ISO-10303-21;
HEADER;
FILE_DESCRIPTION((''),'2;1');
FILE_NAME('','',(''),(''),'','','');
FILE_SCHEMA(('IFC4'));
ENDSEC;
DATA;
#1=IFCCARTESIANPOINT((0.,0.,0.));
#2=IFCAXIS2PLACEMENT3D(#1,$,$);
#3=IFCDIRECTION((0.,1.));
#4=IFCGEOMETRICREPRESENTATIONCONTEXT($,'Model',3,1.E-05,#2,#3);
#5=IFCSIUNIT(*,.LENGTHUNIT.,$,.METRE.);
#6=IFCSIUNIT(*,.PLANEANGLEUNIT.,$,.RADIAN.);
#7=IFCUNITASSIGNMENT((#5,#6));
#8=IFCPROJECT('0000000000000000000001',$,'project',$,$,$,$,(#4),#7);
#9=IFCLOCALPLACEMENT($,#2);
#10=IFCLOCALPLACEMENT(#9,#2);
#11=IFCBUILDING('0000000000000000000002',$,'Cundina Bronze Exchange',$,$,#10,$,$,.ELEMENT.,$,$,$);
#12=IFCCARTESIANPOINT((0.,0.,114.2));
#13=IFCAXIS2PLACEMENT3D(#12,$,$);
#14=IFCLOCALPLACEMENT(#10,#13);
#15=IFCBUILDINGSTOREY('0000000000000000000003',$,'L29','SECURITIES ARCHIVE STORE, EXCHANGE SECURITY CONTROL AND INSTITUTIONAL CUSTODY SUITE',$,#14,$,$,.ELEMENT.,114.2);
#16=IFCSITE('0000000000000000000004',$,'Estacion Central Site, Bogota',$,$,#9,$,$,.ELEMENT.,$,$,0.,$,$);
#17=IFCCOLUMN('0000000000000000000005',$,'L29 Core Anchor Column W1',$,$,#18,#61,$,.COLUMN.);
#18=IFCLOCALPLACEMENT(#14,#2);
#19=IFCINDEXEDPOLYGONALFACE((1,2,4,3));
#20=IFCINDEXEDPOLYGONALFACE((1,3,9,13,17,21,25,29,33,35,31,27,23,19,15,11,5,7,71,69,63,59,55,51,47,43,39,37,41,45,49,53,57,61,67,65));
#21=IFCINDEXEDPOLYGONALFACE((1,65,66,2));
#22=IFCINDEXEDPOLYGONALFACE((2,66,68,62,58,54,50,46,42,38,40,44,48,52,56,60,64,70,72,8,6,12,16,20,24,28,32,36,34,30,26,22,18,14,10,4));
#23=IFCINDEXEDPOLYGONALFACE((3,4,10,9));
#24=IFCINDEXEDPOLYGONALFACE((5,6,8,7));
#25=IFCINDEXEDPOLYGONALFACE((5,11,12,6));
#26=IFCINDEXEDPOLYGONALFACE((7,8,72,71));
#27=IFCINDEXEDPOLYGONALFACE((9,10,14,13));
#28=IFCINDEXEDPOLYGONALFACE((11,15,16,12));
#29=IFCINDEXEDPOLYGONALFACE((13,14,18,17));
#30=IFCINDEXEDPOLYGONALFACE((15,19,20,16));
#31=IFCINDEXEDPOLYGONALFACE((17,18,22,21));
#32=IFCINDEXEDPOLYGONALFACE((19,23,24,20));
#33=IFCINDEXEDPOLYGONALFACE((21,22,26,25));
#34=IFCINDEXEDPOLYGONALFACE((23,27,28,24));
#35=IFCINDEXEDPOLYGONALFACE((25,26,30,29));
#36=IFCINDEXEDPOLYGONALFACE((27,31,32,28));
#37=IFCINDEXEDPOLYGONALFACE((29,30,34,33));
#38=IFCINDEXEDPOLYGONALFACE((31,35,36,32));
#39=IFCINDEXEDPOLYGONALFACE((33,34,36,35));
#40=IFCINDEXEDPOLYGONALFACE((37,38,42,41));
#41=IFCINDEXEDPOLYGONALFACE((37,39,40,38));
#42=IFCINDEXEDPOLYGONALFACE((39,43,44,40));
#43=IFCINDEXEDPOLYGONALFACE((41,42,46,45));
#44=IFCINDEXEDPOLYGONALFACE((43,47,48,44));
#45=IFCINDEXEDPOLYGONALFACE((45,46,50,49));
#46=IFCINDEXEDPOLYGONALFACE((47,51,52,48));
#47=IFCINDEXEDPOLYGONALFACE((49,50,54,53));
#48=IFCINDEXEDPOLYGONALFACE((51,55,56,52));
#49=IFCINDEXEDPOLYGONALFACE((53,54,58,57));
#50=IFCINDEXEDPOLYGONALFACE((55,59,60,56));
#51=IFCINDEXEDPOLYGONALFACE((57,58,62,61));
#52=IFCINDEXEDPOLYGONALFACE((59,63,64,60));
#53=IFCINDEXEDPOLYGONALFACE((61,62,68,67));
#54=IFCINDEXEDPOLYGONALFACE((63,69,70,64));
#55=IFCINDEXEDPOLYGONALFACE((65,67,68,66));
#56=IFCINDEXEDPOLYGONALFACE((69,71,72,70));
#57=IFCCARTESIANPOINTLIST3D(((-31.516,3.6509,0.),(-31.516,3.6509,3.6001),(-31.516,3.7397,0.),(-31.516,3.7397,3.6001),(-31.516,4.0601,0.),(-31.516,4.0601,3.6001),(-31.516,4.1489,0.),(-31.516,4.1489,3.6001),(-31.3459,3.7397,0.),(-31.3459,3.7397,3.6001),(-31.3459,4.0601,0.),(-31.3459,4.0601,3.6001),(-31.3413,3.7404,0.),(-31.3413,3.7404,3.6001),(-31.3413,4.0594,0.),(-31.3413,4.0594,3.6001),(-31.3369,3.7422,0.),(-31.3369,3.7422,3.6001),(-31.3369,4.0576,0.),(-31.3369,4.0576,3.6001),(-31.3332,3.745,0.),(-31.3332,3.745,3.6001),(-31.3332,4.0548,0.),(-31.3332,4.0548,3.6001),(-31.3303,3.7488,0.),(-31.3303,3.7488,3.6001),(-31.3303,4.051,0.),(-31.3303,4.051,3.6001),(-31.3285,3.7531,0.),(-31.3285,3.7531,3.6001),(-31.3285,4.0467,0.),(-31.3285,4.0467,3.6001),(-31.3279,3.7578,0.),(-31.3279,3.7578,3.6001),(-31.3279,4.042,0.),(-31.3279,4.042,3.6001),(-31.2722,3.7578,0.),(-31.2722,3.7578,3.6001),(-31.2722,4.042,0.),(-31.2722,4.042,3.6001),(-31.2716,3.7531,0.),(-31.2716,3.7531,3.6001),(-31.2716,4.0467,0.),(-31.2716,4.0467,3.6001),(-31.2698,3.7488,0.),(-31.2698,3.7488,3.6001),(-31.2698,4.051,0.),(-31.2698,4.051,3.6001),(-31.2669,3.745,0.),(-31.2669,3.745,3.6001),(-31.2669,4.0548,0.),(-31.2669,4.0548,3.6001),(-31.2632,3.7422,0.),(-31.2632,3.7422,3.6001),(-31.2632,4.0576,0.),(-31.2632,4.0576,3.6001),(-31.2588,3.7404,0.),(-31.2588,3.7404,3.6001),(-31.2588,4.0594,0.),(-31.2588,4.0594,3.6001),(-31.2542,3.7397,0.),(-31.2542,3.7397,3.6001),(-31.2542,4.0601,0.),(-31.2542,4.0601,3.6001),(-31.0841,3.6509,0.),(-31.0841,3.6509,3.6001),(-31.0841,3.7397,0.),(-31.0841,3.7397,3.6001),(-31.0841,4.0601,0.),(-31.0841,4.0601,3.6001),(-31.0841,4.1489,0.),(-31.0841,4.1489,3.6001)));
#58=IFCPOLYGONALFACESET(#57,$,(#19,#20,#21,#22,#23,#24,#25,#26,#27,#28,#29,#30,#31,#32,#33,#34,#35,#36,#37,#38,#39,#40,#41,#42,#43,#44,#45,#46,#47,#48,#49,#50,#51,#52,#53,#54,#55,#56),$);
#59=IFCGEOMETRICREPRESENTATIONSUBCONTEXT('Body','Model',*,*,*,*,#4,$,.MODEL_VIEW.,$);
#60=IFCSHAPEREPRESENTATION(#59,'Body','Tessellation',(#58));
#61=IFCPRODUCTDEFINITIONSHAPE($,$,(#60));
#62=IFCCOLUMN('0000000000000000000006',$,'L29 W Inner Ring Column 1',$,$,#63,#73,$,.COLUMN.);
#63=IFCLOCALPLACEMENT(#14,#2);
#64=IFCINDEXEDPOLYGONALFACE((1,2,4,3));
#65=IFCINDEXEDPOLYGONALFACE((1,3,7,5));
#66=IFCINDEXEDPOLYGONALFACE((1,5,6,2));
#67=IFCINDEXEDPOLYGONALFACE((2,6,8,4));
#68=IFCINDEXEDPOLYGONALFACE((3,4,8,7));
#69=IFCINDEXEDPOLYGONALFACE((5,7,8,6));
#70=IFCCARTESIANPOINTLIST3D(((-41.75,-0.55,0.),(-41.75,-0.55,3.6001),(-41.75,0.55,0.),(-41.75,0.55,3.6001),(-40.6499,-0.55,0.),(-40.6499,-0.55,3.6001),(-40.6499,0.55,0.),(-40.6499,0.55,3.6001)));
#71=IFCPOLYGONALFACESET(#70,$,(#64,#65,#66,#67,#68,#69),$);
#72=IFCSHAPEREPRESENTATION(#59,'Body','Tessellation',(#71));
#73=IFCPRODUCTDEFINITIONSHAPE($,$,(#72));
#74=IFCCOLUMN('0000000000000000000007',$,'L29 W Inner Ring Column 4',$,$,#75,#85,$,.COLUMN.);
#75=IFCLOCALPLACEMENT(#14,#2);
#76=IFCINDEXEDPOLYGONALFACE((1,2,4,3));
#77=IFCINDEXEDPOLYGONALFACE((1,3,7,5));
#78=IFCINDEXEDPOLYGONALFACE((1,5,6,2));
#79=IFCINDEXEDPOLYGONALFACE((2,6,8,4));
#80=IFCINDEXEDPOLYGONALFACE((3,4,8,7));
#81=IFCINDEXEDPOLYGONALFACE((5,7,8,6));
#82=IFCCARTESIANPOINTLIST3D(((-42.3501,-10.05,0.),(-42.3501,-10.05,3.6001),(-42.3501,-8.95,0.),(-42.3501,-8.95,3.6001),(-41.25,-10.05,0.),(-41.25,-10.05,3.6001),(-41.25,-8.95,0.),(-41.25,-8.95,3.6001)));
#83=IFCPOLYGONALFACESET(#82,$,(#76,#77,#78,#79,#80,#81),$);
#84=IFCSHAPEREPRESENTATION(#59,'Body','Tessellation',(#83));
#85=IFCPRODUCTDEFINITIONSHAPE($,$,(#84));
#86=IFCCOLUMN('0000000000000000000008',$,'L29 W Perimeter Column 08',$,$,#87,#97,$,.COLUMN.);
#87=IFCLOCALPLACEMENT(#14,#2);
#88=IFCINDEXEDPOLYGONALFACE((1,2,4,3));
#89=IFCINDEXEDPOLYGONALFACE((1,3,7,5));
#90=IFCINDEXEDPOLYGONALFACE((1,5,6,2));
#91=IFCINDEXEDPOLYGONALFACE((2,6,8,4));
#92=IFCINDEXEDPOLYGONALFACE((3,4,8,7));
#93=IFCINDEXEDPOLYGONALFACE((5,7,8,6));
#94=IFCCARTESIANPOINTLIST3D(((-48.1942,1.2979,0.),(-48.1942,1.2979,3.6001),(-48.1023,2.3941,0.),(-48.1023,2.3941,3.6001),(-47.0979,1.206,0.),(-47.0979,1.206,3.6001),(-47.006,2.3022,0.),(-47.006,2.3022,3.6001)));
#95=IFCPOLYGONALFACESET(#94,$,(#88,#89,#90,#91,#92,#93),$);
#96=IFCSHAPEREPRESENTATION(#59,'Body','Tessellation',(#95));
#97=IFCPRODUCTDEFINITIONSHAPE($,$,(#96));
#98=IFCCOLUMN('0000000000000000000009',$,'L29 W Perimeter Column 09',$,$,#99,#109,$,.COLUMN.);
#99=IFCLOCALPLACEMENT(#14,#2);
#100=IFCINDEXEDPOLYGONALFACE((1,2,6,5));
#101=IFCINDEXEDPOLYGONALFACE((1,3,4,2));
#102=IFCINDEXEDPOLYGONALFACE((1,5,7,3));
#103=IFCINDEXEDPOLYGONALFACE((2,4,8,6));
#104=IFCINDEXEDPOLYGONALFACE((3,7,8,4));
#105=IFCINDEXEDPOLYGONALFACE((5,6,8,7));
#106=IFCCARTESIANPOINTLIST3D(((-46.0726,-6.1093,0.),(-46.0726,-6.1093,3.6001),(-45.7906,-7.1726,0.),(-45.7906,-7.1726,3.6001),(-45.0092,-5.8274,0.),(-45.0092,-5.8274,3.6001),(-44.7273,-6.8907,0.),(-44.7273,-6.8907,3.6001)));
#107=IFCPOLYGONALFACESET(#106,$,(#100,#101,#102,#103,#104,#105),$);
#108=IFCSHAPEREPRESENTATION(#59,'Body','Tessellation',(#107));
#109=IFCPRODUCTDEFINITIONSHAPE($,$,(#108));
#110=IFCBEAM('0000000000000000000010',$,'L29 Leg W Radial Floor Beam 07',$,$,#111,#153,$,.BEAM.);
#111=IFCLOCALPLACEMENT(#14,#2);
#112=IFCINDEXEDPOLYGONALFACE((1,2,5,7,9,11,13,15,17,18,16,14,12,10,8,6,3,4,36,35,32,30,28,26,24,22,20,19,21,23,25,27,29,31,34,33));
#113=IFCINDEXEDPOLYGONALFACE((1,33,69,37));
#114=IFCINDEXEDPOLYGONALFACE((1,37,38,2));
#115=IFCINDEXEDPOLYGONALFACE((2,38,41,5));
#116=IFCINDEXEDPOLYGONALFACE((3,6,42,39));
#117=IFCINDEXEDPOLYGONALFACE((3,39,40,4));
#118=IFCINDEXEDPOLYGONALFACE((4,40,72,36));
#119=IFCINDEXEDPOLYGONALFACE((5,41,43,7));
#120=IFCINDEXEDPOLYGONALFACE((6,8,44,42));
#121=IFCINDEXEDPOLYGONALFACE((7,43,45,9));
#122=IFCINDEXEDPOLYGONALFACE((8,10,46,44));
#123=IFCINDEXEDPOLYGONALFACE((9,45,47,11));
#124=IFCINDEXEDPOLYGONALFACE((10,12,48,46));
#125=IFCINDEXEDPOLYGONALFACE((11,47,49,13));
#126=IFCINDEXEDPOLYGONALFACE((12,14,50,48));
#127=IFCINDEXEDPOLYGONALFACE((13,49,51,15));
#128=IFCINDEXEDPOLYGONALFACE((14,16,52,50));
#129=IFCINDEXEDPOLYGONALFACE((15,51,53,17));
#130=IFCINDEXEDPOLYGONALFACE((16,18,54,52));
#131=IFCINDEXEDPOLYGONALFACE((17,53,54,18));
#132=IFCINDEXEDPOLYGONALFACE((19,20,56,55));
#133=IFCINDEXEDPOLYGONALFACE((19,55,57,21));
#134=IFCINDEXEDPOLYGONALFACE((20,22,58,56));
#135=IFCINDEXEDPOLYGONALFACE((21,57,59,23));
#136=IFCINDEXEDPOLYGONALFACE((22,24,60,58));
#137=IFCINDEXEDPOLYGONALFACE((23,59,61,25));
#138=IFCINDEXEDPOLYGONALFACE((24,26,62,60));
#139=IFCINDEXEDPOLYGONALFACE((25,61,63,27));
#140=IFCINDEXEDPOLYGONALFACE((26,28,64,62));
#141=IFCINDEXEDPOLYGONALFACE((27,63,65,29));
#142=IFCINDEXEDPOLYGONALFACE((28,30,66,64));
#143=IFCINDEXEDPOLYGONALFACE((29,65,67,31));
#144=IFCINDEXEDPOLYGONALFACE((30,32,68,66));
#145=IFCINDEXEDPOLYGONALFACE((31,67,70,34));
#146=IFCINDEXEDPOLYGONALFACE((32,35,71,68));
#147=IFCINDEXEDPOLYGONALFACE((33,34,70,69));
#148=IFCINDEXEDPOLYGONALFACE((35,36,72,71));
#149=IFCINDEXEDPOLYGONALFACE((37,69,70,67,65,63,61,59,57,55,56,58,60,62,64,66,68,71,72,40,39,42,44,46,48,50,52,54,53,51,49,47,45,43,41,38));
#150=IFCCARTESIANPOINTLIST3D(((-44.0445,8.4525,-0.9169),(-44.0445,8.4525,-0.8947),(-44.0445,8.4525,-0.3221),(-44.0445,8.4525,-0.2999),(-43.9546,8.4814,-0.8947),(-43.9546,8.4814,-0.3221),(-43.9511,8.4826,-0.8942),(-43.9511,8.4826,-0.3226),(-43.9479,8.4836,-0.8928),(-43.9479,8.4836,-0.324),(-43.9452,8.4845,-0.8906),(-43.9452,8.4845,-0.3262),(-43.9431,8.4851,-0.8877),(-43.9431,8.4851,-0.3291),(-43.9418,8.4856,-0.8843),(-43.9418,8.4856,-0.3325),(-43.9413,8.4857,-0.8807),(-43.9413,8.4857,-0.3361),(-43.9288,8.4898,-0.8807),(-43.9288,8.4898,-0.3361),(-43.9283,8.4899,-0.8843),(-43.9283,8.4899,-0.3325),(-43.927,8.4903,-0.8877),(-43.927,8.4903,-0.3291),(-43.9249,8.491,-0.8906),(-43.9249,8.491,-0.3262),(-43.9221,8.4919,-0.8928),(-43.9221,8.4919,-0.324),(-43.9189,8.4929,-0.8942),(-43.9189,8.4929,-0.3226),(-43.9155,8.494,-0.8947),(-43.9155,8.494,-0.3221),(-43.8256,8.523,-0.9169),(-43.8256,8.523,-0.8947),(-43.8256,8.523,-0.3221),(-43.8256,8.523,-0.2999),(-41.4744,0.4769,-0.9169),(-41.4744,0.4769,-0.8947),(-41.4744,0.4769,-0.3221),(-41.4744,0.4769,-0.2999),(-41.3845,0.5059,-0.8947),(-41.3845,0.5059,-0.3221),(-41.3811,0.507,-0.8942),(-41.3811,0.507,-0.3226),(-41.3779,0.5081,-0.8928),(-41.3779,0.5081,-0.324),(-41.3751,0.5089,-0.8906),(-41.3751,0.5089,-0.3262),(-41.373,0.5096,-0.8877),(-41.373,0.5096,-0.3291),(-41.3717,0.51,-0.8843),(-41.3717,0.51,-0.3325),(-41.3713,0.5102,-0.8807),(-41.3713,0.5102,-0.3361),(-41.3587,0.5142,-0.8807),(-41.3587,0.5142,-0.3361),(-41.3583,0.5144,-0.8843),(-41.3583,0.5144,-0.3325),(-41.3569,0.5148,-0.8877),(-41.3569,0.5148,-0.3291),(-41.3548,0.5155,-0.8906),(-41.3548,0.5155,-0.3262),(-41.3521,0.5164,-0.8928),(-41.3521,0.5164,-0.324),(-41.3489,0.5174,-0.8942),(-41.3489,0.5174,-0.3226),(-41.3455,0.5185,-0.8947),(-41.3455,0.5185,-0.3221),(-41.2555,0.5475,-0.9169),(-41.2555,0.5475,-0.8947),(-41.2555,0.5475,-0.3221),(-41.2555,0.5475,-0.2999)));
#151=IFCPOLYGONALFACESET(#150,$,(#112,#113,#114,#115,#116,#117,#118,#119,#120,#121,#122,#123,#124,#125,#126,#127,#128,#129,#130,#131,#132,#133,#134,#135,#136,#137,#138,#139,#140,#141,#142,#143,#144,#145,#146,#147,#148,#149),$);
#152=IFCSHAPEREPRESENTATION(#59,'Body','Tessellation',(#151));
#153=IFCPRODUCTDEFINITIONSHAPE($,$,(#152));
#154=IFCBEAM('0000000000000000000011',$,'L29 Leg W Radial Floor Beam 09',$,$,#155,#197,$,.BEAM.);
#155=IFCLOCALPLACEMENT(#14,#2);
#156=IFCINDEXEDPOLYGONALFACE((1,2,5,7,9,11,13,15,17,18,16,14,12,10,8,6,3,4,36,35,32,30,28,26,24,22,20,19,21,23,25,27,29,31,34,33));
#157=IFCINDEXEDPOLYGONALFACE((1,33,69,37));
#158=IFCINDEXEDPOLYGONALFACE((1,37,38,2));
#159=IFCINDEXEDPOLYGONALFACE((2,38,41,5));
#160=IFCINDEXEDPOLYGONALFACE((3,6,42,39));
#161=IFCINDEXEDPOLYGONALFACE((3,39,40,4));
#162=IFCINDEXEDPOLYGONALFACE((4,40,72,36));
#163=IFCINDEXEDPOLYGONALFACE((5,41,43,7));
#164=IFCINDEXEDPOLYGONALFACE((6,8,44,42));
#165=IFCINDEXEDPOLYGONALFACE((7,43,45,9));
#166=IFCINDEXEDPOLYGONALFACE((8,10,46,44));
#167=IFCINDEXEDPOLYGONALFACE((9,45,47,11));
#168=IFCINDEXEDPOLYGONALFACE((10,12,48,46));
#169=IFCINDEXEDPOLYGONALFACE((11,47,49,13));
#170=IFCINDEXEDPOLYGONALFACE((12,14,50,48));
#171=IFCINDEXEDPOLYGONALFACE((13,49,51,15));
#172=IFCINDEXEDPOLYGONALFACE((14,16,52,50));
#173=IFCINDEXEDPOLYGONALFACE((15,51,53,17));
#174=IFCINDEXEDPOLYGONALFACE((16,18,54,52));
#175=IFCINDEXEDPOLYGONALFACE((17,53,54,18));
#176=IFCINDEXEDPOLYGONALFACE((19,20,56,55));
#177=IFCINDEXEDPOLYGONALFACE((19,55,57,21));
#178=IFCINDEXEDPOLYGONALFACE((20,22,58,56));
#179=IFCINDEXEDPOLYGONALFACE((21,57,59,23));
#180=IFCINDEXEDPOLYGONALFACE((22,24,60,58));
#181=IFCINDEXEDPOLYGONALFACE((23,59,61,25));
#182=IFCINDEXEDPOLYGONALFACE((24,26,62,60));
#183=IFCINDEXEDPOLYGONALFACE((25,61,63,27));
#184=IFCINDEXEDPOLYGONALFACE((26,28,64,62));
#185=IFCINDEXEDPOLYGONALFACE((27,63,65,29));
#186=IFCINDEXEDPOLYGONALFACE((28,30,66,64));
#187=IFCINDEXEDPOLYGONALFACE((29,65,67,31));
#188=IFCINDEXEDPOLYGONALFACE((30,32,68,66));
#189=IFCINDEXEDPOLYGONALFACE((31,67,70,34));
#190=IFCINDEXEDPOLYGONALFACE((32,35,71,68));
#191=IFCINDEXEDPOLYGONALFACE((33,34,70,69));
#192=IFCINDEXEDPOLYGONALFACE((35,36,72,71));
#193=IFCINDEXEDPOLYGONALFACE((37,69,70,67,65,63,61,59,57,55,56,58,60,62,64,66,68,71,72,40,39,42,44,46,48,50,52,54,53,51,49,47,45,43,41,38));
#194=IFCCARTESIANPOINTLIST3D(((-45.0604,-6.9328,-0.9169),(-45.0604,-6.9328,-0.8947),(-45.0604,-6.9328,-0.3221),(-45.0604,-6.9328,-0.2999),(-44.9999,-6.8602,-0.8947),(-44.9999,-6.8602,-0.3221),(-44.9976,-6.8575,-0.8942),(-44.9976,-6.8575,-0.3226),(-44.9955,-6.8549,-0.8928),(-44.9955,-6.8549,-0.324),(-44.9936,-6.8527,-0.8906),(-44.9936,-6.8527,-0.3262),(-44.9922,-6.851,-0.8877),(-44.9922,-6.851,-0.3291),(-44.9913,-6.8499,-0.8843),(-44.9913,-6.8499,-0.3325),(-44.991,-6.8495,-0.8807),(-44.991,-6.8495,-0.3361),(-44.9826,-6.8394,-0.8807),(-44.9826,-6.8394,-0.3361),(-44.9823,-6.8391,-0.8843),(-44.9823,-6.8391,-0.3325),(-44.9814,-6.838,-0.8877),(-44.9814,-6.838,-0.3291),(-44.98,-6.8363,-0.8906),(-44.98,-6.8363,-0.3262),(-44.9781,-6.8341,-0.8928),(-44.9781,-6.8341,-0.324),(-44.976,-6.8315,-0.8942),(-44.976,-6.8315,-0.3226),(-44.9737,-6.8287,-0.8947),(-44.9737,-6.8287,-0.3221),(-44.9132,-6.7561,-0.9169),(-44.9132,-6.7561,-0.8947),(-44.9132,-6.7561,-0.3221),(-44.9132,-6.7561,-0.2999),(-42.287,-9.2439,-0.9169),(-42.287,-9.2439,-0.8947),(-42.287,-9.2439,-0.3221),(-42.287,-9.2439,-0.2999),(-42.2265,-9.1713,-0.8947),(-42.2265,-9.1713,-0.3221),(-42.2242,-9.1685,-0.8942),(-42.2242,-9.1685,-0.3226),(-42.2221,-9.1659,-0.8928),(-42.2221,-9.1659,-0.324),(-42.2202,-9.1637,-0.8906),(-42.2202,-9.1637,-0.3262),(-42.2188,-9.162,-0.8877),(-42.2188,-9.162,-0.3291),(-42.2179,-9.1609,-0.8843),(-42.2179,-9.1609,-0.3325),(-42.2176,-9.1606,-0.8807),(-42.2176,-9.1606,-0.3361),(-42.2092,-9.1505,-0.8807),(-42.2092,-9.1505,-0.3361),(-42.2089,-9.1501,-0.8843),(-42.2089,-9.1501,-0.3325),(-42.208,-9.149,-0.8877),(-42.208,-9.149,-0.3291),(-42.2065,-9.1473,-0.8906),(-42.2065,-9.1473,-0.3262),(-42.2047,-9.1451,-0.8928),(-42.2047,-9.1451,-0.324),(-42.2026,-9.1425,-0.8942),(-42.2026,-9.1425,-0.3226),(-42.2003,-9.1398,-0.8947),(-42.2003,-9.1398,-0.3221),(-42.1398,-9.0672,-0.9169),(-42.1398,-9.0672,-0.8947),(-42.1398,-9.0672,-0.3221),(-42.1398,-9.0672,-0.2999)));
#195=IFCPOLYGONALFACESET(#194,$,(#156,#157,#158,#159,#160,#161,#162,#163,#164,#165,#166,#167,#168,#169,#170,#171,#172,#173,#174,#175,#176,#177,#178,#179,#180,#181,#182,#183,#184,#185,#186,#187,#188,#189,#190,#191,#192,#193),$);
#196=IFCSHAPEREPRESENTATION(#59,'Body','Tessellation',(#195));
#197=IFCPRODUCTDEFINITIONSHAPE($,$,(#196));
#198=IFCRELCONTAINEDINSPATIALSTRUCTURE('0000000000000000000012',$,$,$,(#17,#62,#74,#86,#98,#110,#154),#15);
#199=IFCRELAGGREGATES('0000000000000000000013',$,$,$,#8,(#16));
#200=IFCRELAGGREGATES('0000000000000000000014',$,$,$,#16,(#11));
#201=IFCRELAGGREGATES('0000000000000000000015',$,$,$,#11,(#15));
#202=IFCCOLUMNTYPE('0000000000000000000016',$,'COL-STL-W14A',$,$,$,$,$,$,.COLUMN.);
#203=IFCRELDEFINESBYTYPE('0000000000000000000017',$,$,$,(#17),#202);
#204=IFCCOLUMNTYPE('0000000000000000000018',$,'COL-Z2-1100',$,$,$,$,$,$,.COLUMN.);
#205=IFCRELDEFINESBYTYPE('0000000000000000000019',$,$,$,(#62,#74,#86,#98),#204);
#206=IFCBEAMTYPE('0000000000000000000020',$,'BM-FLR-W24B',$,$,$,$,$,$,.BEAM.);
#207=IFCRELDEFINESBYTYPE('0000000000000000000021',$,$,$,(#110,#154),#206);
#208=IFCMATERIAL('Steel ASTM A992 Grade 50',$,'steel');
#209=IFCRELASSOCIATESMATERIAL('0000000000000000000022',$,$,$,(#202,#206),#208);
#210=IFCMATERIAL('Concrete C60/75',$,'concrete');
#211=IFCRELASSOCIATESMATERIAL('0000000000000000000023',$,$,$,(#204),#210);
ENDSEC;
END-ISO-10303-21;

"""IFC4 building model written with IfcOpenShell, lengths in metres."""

from ifc_helpers import new_model, si_unit, direction, frame, origin, origin_2d, place, context, subcontext, project, spatial, rectangle, i_section, extrude, material, material_profile, profile_set, type_object, element, save


model = new_model("IFC4")

# Units and contexts
model_context = context("Model", 3, precision=1e-05, world=origin(), true_north=direction((0.0, 1.0)))
body_context = subcontext(model_context, "Body", "Model", "MODEL_VIEW")
ifc_project = project(units=[si_unit("LENGTHUNIT", "METRE"), si_unit("PLANEANGLEUNIT", "RADIAN")], contexts=[model_context])

# Site, building, storey
site_placement = place(None, origin())
site = spatial("IfcSite", under=ifc_project, at=site_placement, Name="Estacion Central Site, Bogota", CompositionType="ELEMENT", RefElevation=0.0)
building_placement = place(site_placement, origin())
building = spatial("IfcBuilding", under=site, at=building_placement, Name="Cundina Bronze Exchange", CompositionType="ELEMENT")
storey_placement = place(building_placement, frame((0.0, 0.0, 114.2)))
storey = spatial("IfcBuildingStorey", under=building, at=storey_placement, Name="L29", Description="SECURITIES ARCHIVE STORE, EXCHANGE SECURITY CONTROL AND INSTITUTIONAL CUSTODY SUITE", CompositionType="ELEMENT", Elevation=114.2)

# Columns
ifc_material_1 = material(Name="Steel ASTM A992 Grade 50", Category="steel")
ifc_material_profile_1 = material_profile(ifc_material_1, i_section(OverallWidth=0.4319, OverallDepth=0.498, WebThickness=0.0557, FlangeThickness=0.0889, FilletRadius=0.0181, at=origin_2d()), Name="W14X500", Category="steel")
ifc_profile_set_1 = profile_set([ifc_material_profile_1], Name="Steel ASTM A992 Grade 50")
column_type_1 = type_object("IfcColumnType", Name="COL-STL-W14A", PredefinedType="COLUMN", material=ifc_profile_set_1)
column_placement = place(storey_placement, frame((-31.3, 3.8999, 0.0), z_axis=(0.0, 0.0, 1.0), x_axis=(1.0, 0.0, 0.0)))
element("IfcColumn", 1, at=column_placement, inside=storey, type_object=column_type_1, Name="L29 Core Anchor Column W1", PredefinedType="COLUMN", context=body_context, shape_type="SweptSolid", body=[
    extrude(i_section(OverallWidth=0.4319, OverallDepth=0.498, WebThickness=0.0557, FlangeThickness=0.0889, FilletRadius=0.0181, at=origin_2d()), origin(), (0.0, 0.0, 1.0), 3.6001),
])
ifc_material_2 = material(Name="Concrete C60/75", Category="concrete")
ifc_material_profile_2 = material_profile(ifc_material_2, rectangle(XDim=1.1001, YDim=1.1001, at=origin_2d()), Name="RC1100X1100", Category="concrete")
ifc_profile_set_2 = profile_set([ifc_material_profile_2], Name="Concrete C60/75")
column_type_2 = type_object("IfcColumnType", Name="COL-Z2-1100", PredefinedType="COLUMN", material=ifc_profile_set_2)
for number, where, z_axis, x_axis, name in (
    (2, (-41.2, 0.0, 0.0), (0.0, 0.0, 1.0), (1.0, 0.0, 0.0), "L29 W Inner Ring Column 1"),
    (3, (-41.8, -9.5, 0.0), (0.0, 0.0, 1.0), (1.0, 0.0, 0.0), "L29 W Inner Ring Column 4"),
    (4, (-47.6001, 1.8, 0.0), (0.0, 0.0, 1.0), (-0.083504, -0.996507, 0.0), "L29 W Perimeter Column 08"),
    (5, (-45.3999, -6.5, 0.0), (0.0, 0.0, 1.0), (0.256289, -0.9666, 0.0), "L29 W Perimeter Column 09"),
):
    element("IfcColumn", number, at=place(storey_placement, frame(where, z_axis=z_axis, x_axis=x_axis)), inside=storey, type_object=column_type_2, Name=name, PredefinedType="COLUMN", context=body_context, shape_type="SweptSolid", body=[
        extrude(rectangle(XDim=1.1001, YDim=1.1001, at=origin_2d()), origin(), (0.0, 0.0, 1.0), 3.6001),
    ])

# Beams
ifc_material_profile_3 = material_profile(ifc_material_1, i_section(OverallWidth=0.23, OverallDepth=0.6169, WebThickness=0.0132, FlangeThickness=0.0222, FilletRadius=0.0139, at=origin_2d()), Name="W24X94", Category="steel")
ifc_profile_set_3 = profile_set([ifc_material_profile_3], Name="Steel ASTM A992 Grade 50")
beam_type_1 = type_object("IfcBeamType", Name="BM-FLR-W24B", PredefinedType="BEAM", material=ifc_profile_set_3)
beam_1_placement = place(storey_placement, frame((-41.365, 0.5122, -0.6084), z_axis=(-0.306711, 0.951803, 0.0), x_axis=(-0.951803, -0.306711, 0.0)))
element("IfcBeam", 6, at=beam_1_placement, inside=storey, type_object=beam_type_1, Name="L29 Leg W Radial Floor Beam 07", PredefinedType="BEAM", context=body_context, shape_type="SweptSolid", body=[
    extrude(i_section(OverallWidth=0.23, OverallDepth=0.6169, WebThickness=0.0132, FlangeThickness=0.0222, FilletRadius=0.0139, at=origin_2d()), origin(), (0.0, 0.0, 1.0), 8.3794),
])
beam_2_placement = place(storey_placement, frame((-42.2134, -9.1555, -0.6084), z_axis=(-0.768243, 0.640158, 0.0), x_axis=(-0.640158, -0.768243, 0.0)))
element("IfcBeam", 7, at=beam_2_placement, inside=storey, type_object=beam_type_1, Name="L29 Leg W Radial Floor Beam 09", PredefinedType="BEAM", context=body_context, shape_type="SweptSolid", body=[
    extrude(i_section(OverallWidth=0.23, OverallDepth=0.6169, WebThickness=0.0132, FlangeThickness=0.0222, FilletRadius=0.0139, at=origin_2d()), origin(), (0.0, 0.0, 1.0), 3.6101),
])

save(model, "model.ifc")
